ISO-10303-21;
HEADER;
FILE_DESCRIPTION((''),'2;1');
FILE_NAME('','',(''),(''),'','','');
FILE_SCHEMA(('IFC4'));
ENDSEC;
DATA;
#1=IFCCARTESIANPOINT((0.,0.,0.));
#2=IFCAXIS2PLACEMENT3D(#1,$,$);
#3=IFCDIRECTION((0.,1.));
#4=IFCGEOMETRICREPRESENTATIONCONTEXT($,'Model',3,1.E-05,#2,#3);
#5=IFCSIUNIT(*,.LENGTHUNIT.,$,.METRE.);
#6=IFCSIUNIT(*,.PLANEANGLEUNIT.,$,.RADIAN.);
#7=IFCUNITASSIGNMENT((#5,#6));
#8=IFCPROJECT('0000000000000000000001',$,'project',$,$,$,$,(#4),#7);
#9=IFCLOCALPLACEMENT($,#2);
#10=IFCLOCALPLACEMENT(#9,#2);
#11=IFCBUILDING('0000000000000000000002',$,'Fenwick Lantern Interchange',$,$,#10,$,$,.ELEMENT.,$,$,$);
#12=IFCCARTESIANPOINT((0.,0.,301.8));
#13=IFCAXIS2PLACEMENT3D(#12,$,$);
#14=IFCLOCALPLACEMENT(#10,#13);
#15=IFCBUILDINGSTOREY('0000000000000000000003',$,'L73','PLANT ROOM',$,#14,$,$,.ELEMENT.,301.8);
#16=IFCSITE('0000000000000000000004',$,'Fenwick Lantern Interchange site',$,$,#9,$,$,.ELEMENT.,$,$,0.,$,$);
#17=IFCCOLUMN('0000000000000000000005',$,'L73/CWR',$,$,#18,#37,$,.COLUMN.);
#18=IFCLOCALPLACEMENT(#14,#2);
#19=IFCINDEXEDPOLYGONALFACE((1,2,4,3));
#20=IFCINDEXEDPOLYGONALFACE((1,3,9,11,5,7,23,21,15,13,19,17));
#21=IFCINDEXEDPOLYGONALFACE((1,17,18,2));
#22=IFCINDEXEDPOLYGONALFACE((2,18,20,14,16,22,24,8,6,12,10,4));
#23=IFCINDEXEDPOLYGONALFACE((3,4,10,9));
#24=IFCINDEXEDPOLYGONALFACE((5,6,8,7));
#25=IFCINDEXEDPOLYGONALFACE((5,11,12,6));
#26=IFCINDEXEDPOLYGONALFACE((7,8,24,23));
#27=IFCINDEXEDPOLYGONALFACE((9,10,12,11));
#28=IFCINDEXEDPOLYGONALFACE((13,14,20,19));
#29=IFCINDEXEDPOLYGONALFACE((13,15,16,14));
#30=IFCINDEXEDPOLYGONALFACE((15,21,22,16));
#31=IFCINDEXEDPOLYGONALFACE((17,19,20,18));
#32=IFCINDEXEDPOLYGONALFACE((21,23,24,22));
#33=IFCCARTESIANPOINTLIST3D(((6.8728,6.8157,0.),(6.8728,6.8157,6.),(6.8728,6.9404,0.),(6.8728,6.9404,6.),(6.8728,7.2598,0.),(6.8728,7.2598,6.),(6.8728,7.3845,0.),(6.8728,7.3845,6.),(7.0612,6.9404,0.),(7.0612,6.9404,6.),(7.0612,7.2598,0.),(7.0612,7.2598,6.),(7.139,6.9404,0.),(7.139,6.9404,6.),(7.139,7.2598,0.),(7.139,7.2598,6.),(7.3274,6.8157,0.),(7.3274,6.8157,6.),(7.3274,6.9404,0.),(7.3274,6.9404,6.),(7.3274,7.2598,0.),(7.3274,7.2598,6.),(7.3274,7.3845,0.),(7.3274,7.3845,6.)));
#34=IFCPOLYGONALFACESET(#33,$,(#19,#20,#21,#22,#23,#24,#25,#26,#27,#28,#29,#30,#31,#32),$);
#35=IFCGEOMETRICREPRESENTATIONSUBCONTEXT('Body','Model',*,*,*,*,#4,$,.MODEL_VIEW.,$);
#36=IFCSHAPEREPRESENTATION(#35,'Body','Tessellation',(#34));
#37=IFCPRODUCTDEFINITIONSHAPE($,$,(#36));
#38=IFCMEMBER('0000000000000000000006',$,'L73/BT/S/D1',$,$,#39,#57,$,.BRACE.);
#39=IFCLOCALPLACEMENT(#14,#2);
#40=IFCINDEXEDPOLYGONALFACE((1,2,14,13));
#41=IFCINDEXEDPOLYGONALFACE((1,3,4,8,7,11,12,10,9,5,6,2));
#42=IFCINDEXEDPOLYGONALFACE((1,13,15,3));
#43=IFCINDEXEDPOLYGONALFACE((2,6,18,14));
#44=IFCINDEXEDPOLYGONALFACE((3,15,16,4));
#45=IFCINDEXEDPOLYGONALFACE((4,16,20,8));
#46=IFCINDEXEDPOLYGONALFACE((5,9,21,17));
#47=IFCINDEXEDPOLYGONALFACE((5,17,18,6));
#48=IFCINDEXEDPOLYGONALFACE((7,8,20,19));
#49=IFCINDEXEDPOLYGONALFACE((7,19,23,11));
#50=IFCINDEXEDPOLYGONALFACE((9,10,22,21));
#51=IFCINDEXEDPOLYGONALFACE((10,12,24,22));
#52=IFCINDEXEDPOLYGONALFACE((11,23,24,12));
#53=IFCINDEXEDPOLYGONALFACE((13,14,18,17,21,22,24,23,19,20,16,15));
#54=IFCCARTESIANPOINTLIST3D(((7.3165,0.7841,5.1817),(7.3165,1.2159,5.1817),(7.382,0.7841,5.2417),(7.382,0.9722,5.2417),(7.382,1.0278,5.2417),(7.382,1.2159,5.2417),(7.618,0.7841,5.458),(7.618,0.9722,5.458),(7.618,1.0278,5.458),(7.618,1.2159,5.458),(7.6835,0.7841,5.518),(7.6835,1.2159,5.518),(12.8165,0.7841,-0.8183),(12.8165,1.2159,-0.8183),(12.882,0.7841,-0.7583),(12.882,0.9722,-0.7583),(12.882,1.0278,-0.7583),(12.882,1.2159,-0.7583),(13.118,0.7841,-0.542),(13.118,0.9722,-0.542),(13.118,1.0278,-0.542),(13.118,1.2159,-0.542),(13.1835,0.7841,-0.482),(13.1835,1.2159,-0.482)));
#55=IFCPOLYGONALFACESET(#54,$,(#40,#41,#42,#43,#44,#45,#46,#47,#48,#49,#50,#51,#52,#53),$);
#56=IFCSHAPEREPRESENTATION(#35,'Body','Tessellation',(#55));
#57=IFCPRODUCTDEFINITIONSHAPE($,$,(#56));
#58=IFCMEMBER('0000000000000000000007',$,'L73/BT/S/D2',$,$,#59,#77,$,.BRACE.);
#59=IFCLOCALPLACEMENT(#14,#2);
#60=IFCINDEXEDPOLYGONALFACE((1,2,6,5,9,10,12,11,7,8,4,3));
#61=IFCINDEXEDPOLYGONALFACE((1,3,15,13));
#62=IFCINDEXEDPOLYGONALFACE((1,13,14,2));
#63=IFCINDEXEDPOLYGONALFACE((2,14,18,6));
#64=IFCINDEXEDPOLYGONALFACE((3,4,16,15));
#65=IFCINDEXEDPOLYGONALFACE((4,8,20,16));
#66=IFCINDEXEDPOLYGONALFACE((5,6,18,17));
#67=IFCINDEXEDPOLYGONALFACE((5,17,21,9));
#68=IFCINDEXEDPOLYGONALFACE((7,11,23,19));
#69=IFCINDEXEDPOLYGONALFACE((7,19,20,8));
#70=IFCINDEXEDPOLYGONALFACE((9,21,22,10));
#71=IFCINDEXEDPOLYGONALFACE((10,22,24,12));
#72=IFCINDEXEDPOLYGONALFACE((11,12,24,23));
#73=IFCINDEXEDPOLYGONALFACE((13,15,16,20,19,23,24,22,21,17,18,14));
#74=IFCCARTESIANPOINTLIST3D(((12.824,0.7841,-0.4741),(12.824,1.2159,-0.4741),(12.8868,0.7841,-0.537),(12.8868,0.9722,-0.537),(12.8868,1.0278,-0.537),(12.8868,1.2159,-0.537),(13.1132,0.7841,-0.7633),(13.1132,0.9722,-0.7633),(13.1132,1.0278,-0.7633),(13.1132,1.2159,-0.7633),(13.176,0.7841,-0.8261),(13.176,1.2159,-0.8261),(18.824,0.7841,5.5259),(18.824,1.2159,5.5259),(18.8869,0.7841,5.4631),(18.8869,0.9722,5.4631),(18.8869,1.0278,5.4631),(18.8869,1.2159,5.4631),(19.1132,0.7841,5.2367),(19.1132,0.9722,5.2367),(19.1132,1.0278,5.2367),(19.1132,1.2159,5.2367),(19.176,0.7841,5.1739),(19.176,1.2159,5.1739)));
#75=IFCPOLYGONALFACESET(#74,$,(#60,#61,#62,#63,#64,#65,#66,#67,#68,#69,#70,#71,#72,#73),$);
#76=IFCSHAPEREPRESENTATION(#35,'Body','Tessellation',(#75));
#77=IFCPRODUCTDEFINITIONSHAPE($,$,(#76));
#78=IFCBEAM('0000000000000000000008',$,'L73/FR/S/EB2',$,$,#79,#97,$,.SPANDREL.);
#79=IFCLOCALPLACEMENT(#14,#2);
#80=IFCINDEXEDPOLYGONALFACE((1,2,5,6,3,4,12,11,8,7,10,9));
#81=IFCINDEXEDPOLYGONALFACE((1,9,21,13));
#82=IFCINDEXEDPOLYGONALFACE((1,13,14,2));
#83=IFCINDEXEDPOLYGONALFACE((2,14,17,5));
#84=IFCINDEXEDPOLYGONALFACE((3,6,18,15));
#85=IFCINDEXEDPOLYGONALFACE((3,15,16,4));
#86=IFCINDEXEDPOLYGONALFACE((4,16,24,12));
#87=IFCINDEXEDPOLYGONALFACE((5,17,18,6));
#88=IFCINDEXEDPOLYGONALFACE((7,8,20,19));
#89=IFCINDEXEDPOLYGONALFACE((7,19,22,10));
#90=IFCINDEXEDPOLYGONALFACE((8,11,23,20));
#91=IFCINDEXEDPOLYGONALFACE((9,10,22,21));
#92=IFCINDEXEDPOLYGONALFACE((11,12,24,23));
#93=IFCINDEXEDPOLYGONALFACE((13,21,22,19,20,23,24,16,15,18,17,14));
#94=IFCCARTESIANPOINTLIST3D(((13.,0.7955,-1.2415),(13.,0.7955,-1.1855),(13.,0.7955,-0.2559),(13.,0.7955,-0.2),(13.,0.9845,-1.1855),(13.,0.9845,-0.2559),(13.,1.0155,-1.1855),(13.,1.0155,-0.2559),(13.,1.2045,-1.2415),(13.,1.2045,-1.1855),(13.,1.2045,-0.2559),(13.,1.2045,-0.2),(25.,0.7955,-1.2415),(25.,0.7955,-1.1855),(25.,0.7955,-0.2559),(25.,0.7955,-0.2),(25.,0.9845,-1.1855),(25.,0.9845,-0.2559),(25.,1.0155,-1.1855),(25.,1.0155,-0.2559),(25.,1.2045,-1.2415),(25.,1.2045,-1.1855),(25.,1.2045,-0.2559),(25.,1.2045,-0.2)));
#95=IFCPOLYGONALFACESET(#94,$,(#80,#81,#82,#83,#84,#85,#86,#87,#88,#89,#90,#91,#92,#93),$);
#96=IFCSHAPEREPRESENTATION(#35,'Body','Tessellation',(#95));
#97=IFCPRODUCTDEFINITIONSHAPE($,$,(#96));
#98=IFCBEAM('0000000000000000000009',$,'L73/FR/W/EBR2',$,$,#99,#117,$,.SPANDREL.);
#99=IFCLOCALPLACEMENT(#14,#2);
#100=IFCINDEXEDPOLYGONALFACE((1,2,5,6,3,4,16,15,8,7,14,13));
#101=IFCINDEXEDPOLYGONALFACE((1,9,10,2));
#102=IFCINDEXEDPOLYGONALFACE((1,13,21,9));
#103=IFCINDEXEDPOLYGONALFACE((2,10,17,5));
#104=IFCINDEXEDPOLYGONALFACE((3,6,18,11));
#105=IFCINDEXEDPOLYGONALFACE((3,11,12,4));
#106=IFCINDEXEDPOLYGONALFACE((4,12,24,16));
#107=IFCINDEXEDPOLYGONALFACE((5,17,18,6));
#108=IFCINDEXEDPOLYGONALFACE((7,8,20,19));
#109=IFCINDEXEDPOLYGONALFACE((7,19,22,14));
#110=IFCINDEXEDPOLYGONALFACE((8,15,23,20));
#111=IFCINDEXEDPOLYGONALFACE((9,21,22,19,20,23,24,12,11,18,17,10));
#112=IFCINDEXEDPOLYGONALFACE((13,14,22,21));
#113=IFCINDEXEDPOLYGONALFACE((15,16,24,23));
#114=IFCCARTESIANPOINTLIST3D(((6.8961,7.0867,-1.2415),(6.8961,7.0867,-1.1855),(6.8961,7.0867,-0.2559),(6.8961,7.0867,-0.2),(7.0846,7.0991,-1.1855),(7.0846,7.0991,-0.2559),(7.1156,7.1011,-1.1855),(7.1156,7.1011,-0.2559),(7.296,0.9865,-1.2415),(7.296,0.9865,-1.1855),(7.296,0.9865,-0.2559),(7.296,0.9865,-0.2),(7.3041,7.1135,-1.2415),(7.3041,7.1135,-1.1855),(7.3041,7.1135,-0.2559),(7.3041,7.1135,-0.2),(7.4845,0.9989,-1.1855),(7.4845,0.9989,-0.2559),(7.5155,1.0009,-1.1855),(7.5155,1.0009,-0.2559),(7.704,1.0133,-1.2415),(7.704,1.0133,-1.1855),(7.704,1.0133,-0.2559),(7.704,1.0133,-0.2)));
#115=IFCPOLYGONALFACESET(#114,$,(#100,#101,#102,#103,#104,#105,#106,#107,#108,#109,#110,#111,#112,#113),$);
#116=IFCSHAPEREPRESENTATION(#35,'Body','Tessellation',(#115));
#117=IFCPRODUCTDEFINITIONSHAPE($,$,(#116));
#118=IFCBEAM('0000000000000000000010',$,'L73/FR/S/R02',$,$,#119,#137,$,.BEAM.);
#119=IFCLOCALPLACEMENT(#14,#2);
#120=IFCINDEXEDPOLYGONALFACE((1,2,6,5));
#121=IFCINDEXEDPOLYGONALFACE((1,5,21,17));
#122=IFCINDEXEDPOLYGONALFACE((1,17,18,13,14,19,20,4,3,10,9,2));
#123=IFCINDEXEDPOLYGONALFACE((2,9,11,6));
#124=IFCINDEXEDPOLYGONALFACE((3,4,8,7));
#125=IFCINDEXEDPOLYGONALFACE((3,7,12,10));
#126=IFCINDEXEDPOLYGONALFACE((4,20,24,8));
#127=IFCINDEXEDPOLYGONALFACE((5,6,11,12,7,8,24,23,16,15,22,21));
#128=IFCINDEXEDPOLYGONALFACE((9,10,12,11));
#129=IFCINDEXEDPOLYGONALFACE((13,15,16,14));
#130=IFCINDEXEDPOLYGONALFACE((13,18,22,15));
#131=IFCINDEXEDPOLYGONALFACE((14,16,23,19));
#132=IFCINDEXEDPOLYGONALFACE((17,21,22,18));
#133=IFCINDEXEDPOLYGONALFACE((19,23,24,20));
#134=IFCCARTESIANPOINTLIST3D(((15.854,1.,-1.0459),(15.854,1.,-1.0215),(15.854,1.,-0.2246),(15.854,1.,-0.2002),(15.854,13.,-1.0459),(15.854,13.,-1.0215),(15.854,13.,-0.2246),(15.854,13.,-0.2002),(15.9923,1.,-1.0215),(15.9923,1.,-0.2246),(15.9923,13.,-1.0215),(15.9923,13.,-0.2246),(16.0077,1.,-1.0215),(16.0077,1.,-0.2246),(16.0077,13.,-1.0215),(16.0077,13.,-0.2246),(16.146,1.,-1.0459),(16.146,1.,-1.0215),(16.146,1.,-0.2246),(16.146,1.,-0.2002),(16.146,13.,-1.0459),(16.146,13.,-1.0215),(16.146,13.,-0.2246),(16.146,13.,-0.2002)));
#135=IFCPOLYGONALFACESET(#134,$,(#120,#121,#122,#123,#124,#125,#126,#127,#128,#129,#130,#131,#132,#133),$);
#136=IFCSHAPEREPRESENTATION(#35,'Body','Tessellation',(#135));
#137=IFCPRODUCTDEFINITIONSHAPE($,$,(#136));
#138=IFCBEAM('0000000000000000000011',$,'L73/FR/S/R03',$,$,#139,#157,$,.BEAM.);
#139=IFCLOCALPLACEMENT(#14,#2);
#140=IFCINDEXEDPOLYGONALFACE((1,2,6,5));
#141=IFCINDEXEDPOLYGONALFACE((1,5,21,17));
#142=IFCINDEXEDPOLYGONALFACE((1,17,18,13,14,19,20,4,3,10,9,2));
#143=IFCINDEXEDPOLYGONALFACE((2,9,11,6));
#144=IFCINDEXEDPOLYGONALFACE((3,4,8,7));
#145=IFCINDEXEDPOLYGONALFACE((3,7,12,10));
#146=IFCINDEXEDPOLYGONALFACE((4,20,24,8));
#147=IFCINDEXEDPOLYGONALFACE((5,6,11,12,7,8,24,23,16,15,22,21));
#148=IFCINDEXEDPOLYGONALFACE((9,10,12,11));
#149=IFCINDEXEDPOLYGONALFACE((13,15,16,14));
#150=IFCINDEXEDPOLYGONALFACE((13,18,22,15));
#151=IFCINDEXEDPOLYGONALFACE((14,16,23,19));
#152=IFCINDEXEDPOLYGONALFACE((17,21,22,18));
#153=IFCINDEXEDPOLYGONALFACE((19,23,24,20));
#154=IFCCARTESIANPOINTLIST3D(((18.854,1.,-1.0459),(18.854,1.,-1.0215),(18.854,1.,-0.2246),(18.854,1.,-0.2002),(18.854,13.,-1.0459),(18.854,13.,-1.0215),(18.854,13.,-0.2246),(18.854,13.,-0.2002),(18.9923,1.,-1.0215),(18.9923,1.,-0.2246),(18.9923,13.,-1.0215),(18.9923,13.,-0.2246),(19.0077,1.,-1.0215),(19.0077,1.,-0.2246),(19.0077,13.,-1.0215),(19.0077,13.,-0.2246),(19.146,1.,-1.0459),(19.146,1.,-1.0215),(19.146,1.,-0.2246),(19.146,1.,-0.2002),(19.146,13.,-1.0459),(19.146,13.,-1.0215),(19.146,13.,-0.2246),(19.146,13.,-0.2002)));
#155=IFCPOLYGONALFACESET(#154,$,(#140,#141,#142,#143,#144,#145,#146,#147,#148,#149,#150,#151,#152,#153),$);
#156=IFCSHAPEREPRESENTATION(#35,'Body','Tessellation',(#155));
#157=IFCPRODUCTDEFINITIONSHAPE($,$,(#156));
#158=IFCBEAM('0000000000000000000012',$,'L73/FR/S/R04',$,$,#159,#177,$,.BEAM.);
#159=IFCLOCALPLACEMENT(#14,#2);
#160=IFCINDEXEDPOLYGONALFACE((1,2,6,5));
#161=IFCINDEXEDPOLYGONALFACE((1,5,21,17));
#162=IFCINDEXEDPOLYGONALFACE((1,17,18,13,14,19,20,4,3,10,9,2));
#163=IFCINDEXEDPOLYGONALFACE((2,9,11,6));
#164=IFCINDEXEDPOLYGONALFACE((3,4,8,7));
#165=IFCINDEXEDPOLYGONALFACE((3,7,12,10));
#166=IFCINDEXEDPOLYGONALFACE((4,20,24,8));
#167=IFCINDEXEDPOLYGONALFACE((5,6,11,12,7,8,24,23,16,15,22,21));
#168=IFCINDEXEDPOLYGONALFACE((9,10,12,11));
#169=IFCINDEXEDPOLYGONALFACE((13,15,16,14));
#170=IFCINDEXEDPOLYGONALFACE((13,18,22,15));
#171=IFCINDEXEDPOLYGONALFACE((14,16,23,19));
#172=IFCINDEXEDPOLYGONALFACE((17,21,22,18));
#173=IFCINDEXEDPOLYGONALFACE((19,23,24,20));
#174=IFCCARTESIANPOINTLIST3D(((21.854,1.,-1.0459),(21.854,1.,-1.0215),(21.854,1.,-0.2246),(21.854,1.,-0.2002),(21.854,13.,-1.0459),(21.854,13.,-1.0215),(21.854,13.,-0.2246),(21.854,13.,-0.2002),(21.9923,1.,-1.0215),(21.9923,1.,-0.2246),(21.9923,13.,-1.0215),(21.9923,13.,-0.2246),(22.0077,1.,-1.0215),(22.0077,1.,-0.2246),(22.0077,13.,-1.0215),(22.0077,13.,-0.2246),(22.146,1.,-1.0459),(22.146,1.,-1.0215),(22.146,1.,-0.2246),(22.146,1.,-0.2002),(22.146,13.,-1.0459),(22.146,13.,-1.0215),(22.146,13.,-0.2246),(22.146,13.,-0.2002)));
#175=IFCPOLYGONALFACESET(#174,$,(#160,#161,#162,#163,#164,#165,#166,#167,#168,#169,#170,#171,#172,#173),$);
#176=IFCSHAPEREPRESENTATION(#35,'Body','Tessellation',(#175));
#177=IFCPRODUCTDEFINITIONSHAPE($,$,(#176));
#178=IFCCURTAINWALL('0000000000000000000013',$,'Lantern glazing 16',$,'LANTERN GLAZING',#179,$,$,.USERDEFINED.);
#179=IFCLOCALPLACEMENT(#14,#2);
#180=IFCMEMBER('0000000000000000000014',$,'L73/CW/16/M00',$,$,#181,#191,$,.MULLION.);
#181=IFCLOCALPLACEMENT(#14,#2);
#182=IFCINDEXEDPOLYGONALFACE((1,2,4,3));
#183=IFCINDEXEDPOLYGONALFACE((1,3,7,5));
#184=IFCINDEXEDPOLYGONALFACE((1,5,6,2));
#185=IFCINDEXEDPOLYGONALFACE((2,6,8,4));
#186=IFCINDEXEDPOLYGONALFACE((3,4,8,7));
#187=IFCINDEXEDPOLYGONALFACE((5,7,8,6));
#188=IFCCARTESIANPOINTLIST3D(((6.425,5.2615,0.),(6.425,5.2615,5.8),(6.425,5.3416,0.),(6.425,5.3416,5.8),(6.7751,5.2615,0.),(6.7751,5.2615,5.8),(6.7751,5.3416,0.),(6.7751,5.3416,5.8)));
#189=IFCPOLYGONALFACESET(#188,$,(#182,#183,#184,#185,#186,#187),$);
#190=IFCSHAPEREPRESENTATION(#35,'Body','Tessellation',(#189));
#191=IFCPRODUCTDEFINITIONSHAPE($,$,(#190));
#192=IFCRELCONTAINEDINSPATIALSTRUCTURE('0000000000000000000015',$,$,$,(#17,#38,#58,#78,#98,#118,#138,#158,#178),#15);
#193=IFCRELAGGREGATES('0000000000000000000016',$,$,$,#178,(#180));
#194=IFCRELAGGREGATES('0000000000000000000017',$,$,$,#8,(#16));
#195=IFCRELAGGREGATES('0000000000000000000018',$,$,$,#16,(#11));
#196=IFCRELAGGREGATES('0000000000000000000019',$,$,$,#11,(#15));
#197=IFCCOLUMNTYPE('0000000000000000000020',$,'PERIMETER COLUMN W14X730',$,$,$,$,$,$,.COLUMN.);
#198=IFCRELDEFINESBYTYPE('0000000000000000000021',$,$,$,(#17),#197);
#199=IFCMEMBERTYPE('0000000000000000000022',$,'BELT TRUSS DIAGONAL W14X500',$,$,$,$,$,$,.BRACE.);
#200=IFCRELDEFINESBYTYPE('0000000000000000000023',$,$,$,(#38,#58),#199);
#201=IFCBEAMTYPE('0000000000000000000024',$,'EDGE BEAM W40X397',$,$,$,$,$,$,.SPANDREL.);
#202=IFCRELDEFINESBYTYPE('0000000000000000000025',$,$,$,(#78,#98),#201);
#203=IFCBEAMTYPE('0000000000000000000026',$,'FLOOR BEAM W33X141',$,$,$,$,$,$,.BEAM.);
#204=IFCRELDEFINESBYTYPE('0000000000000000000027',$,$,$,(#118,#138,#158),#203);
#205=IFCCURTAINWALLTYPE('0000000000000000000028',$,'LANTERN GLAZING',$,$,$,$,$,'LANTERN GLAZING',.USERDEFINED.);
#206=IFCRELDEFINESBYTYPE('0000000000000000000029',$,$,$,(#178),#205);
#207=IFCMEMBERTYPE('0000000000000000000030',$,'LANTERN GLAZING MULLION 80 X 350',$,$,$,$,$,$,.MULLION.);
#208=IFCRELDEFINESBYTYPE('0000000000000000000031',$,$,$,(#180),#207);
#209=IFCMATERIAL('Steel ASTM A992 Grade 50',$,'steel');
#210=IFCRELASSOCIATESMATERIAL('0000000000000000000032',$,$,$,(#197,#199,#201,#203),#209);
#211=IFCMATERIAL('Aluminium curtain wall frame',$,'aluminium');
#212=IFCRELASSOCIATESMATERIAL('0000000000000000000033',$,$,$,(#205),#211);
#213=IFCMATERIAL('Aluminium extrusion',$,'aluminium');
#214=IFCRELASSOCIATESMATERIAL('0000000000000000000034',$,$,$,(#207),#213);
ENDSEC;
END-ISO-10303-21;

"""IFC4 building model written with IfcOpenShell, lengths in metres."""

from ifc_helpers import new_model, si_unit, direction, frame, origin, origin_2d, place, context, subcontext, project, spatial, rectangle, i_section, extrude, material, material_profile, profile_set, type_object, element, aggregate, save


model = new_model("IFC4")

# Units and contexts
model_context = context("Model", 3, precision=1e-05, world=origin(), true_north=direction((0.0, 1.0)))
body_context = subcontext(model_context, "Body", "Model", "MODEL_VIEW")
ifc_project = project(units=[si_unit("LENGTHUNIT", "METRE"), si_unit("PLANEANGLEUNIT", "RADIAN")], contexts=[model_context])

# Site, building, storey
site_placement = place(None, origin())
site = spatial("IfcSite", under=ifc_project, at=site_placement, Name="Fenwick Lantern Interchange site", CompositionType="ELEMENT", RefElevation=0.0)
building_placement = place(site_placement, origin())
building = spatial("IfcBuilding", under=site, at=building_placement, Name="Fenwick Lantern Interchange", CompositionType="ELEMENT")
storey_placement = place(building_placement, frame((0.0, 0.0, 301.8)))
storey = spatial("IfcBuildingStorey", under=building, at=storey_placement, Name="L73", Description="PLANT ROOM", CompositionType="ELEMENT", Elevation=301.8)

# Column
ifc_material_1 = material(Name="Steel ASTM A992 Grade 50", Category="steel")
ifc_material_profile_1 = material_profile(ifc_material_1, i_section(OverallWidth=0.4546, OverallDepth=0.5688, WebThickness=0.0779, FlangeThickness=0.1248, at=origin_2d()), Name="W14X730")
ifc_profile_set_1 = profile_set([ifc_material_profile_1], Name="Steel ASTM A992 Grade 50")
column_type = type_object("IfcColumnType", Name="PERIMETER COLUMN W14X730", PredefinedType="COLUMN", material=ifc_profile_set_1)
column_placement = place(storey_placement, frame((7.1001, 7.1001, 0.0), z_axis=(0.0, 0.0, 1.0), x_axis=(1.0, 0.0, 0.0)))
element("IfcColumn", 1, at=column_placement, inside=storey, type_object=column_type, Name="L73/CWR", PredefinedType="COLUMN", context=body_context, shape_type="SweptSolid", body=[
    extrude(i_section(OverallWidth=0.4546, OverallDepth=0.5688, WebThickness=0.0779, FlangeThickness=0.1248, at=origin_2d()), origin(), (0.0, 0.0, 1.0), 6.0),
])

# Members
ifc_material_profile_2 = material_profile(ifc_material_1, i_section(OverallWidth=0.4319, OverallDepth=0.4978, WebThickness=0.0557, FlangeThickness=0.0889, at=origin_2d()), Name="W14X500")
ifc_profile_set_2 = profile_set([ifc_material_profile_2], Name="Steel ASTM A992 Grade 50")
member_type_1 = type_object("IfcMemberType", Name="BELT TRUSS DIAGONAL W14X500", PredefinedType="BRACE", material=ifc_profile_set_2)
member_1_placement = place(storey_placement, frame((13.0, 1.0, -0.6501), z_axis=(-0.675725, 0.0, 0.737154), x_axis=(0.0, -1.0, 0.0)))
element("IfcMember", 2, at=member_1_placement, inside=storey, type_object=member_type_1, Name="L73/BT/S/D1", PredefinedType="BRACE", context=body_context, shape_type="SweptSolid", body=[
    extrude(i_section(OverallWidth=0.4319, OverallDepth=0.4978, WebThickness=0.0557, FlangeThickness=0.0889, at=origin_2d()), origin(), (0.0, 0.0, 1.0), 8.1394),
])
member_2_placement = place(storey_placement, frame((13.0, 1.0, -0.6501), z_axis=(0.707107, 0.0, 0.707107), x_axis=(0.0, 1.0, 0.0)))
element("IfcMember", 3, at=member_2_placement, inside=storey, type_object=member_type_1, Name="L73/BT/S/D2", PredefinedType="BRACE", context=body_context, shape_type="SweptSolid", body=[
    extrude(i_section(OverallWidth=0.4319, OverallDepth=0.4978, WebThickness=0.0557, FlangeThickness=0.0889, at=origin_2d()), origin(), (0.0, 0.0, 1.0), 8.4854),
])

# Beams
ifc_material_profile_3 = material_profile(ifc_material_1, i_section(OverallWidth=0.4089, OverallDepth=1.0415, WebThickness=0.031, FlangeThickness=0.0559, at=origin_2d()), Name="W40X397")
ifc_profile_set_3 = profile_set([ifc_material_profile_3], Name="Steel ASTM A992 Grade 50")
beam_type_1 = type_object("IfcBeamType", Name="EDGE BEAM W40X397", PredefinedType="SPANDREL", material=ifc_profile_set_3)
beam_1_placement = place(storey_placement, frame((13.0, 1.0, -0.7207), z_axis=(1.0, 0.0, 0.0), x_axis=(0.0, 1.0, 0.0)))
element("IfcBeam", 4, at=beam_1_placement, inside=storey, type_object=beam_type_1, Name="L73/FR/S/EB2", PredefinedType="SPANDREL", context=body_context, shape_type="SweptSolid", body=[
    extrude(i_section(OverallWidth=0.4089, OverallDepth=1.0415, WebThickness=0.031, FlangeThickness=0.0559, at=origin_2d()), origin(), (0.0, 0.0, 1.0), 12.0),
])
beam_2_placement = place(storey_placement, frame((7.1001, 7.1001, -0.7207), z_axis=(0.065416, -0.997858, 0.0), x_axis=(0.997858, 0.065416, 0.0)))
element("IfcBeam", 5, at=beam_2_placement, inside=storey, type_object=beam_type_1, Name="L73/FR/W/EBR2", PredefinedType="SPANDREL", context=body_context, shape_type="SweptSolid", body=[
    extrude(i_section(OverallWidth=0.4089, OverallDepth=1.0415, WebThickness=0.031, FlangeThickness=0.0559, at=origin_2d()), origin(), (0.0, 0.0, 1.0), 6.1133),
])
ifc_material_profile_4 = material_profile(ifc_material_1, i_section(OverallWidth=0.292, OverallDepth=0.8457, WebThickness=0.0154, FlangeThickness=0.0244, at=origin_2d()), Name="W33X141")
ifc_profile_set_4 = profile_set([ifc_material_profile_4], Name="Steel ASTM A992 Grade 50")
beam_type_2 = type_object("IfcBeamType", Name="FLOOR BEAM W33X141", PredefinedType="BEAM", material=ifc_profile_set_4)
for number, where, z_axis, x_axis, name in (
    (6, (16.0, 1.0, -0.623), (0.0, 1.0, 0.0), (-1.0, 0.0, 0.0), "L73/FR/S/R02"),
    (7, (19.0, 1.0, -0.623), (0.0, 1.0, 0.0), (-1.0, 0.0, 0.0), "L73/FR/S/R03"),
    (8, (22.0, 1.0, -0.623), (0.0, 1.0, 0.0), (-1.0, 0.0, 0.0), "L73/FR/S/R04"),
):
    element("IfcBeam", number, at=place(storey_placement, frame(where, z_axis=z_axis, x_axis=x_axis)), inside=storey, type_object=beam_type_2, Name=name, PredefinedType="BEAM", context=body_context, shape_type="SweptSolid", body=[
        extrude(i_section(OverallWidth=0.292, OverallDepth=0.8457, WebThickness=0.0154, FlangeThickness=0.0244, at=origin_2d()), origin(), (0.0, 0.0, 1.0), 12.0),
    ])

# Curtain wall, member
ifc_material_2 = material(Name="Aluminium curtain wall frame", Category="aluminium")
curtain_wall_type = type_object("IfcCurtainWallType", Name="LANTERN GLAZING", ElementType="LANTERN GLAZING", PredefinedType="USERDEFINED", material=ifc_material_2)
curtain_wall_placement = place(storey_placement, origin())
curtain_wall = element("IfcCurtainWall", 9, at=curtain_wall_placement, inside=storey, type_object=curtain_wall_type, Name="Lantern glazing 16", ObjectType="LANTERN GLAZING", PredefinedType="USERDEFINED")
ifc_material_3 = material(Name="Aluminium extrusion", Category="aluminium")
ifc_material_profile_5 = material_profile(ifc_material_3, rectangle(XDim=0.3501, YDim=0.0801, at=origin_2d()), Name="LANTERN GLAZING MULLION 80 X 350")
ifc_profile_set_5 = profile_set([ifc_material_profile_5], Name="Aluminium extrusion")
member_type_2 = type_object("IfcMemberType", Name="LANTERN GLAZING MULLION 80 X 350", PredefinedType="MULLION", material=ifc_profile_set_5)
member_3_placement = place(storey_placement, frame((6.6001, 5.3015, 0.0), z_axis=(0.0, 0.0, 1.0), x_axis=(1.0, 0.0, 0.0)))
member_3 = element("IfcMember", 10, at=member_3_placement, type_object=member_type_2, Name="L73/CW/16/M00", PredefinedType="MULLION", context=body_context, shape_type="SweptSolid", body=[
    extrude(rectangle(XDim=0.3501, YDim=0.0801, at=origin_2d()), origin(), (0.0, 0.0, 1.0), 5.8),
])

aggregate(curtain_wall, [member_3])

save(model, "model.ifc")
